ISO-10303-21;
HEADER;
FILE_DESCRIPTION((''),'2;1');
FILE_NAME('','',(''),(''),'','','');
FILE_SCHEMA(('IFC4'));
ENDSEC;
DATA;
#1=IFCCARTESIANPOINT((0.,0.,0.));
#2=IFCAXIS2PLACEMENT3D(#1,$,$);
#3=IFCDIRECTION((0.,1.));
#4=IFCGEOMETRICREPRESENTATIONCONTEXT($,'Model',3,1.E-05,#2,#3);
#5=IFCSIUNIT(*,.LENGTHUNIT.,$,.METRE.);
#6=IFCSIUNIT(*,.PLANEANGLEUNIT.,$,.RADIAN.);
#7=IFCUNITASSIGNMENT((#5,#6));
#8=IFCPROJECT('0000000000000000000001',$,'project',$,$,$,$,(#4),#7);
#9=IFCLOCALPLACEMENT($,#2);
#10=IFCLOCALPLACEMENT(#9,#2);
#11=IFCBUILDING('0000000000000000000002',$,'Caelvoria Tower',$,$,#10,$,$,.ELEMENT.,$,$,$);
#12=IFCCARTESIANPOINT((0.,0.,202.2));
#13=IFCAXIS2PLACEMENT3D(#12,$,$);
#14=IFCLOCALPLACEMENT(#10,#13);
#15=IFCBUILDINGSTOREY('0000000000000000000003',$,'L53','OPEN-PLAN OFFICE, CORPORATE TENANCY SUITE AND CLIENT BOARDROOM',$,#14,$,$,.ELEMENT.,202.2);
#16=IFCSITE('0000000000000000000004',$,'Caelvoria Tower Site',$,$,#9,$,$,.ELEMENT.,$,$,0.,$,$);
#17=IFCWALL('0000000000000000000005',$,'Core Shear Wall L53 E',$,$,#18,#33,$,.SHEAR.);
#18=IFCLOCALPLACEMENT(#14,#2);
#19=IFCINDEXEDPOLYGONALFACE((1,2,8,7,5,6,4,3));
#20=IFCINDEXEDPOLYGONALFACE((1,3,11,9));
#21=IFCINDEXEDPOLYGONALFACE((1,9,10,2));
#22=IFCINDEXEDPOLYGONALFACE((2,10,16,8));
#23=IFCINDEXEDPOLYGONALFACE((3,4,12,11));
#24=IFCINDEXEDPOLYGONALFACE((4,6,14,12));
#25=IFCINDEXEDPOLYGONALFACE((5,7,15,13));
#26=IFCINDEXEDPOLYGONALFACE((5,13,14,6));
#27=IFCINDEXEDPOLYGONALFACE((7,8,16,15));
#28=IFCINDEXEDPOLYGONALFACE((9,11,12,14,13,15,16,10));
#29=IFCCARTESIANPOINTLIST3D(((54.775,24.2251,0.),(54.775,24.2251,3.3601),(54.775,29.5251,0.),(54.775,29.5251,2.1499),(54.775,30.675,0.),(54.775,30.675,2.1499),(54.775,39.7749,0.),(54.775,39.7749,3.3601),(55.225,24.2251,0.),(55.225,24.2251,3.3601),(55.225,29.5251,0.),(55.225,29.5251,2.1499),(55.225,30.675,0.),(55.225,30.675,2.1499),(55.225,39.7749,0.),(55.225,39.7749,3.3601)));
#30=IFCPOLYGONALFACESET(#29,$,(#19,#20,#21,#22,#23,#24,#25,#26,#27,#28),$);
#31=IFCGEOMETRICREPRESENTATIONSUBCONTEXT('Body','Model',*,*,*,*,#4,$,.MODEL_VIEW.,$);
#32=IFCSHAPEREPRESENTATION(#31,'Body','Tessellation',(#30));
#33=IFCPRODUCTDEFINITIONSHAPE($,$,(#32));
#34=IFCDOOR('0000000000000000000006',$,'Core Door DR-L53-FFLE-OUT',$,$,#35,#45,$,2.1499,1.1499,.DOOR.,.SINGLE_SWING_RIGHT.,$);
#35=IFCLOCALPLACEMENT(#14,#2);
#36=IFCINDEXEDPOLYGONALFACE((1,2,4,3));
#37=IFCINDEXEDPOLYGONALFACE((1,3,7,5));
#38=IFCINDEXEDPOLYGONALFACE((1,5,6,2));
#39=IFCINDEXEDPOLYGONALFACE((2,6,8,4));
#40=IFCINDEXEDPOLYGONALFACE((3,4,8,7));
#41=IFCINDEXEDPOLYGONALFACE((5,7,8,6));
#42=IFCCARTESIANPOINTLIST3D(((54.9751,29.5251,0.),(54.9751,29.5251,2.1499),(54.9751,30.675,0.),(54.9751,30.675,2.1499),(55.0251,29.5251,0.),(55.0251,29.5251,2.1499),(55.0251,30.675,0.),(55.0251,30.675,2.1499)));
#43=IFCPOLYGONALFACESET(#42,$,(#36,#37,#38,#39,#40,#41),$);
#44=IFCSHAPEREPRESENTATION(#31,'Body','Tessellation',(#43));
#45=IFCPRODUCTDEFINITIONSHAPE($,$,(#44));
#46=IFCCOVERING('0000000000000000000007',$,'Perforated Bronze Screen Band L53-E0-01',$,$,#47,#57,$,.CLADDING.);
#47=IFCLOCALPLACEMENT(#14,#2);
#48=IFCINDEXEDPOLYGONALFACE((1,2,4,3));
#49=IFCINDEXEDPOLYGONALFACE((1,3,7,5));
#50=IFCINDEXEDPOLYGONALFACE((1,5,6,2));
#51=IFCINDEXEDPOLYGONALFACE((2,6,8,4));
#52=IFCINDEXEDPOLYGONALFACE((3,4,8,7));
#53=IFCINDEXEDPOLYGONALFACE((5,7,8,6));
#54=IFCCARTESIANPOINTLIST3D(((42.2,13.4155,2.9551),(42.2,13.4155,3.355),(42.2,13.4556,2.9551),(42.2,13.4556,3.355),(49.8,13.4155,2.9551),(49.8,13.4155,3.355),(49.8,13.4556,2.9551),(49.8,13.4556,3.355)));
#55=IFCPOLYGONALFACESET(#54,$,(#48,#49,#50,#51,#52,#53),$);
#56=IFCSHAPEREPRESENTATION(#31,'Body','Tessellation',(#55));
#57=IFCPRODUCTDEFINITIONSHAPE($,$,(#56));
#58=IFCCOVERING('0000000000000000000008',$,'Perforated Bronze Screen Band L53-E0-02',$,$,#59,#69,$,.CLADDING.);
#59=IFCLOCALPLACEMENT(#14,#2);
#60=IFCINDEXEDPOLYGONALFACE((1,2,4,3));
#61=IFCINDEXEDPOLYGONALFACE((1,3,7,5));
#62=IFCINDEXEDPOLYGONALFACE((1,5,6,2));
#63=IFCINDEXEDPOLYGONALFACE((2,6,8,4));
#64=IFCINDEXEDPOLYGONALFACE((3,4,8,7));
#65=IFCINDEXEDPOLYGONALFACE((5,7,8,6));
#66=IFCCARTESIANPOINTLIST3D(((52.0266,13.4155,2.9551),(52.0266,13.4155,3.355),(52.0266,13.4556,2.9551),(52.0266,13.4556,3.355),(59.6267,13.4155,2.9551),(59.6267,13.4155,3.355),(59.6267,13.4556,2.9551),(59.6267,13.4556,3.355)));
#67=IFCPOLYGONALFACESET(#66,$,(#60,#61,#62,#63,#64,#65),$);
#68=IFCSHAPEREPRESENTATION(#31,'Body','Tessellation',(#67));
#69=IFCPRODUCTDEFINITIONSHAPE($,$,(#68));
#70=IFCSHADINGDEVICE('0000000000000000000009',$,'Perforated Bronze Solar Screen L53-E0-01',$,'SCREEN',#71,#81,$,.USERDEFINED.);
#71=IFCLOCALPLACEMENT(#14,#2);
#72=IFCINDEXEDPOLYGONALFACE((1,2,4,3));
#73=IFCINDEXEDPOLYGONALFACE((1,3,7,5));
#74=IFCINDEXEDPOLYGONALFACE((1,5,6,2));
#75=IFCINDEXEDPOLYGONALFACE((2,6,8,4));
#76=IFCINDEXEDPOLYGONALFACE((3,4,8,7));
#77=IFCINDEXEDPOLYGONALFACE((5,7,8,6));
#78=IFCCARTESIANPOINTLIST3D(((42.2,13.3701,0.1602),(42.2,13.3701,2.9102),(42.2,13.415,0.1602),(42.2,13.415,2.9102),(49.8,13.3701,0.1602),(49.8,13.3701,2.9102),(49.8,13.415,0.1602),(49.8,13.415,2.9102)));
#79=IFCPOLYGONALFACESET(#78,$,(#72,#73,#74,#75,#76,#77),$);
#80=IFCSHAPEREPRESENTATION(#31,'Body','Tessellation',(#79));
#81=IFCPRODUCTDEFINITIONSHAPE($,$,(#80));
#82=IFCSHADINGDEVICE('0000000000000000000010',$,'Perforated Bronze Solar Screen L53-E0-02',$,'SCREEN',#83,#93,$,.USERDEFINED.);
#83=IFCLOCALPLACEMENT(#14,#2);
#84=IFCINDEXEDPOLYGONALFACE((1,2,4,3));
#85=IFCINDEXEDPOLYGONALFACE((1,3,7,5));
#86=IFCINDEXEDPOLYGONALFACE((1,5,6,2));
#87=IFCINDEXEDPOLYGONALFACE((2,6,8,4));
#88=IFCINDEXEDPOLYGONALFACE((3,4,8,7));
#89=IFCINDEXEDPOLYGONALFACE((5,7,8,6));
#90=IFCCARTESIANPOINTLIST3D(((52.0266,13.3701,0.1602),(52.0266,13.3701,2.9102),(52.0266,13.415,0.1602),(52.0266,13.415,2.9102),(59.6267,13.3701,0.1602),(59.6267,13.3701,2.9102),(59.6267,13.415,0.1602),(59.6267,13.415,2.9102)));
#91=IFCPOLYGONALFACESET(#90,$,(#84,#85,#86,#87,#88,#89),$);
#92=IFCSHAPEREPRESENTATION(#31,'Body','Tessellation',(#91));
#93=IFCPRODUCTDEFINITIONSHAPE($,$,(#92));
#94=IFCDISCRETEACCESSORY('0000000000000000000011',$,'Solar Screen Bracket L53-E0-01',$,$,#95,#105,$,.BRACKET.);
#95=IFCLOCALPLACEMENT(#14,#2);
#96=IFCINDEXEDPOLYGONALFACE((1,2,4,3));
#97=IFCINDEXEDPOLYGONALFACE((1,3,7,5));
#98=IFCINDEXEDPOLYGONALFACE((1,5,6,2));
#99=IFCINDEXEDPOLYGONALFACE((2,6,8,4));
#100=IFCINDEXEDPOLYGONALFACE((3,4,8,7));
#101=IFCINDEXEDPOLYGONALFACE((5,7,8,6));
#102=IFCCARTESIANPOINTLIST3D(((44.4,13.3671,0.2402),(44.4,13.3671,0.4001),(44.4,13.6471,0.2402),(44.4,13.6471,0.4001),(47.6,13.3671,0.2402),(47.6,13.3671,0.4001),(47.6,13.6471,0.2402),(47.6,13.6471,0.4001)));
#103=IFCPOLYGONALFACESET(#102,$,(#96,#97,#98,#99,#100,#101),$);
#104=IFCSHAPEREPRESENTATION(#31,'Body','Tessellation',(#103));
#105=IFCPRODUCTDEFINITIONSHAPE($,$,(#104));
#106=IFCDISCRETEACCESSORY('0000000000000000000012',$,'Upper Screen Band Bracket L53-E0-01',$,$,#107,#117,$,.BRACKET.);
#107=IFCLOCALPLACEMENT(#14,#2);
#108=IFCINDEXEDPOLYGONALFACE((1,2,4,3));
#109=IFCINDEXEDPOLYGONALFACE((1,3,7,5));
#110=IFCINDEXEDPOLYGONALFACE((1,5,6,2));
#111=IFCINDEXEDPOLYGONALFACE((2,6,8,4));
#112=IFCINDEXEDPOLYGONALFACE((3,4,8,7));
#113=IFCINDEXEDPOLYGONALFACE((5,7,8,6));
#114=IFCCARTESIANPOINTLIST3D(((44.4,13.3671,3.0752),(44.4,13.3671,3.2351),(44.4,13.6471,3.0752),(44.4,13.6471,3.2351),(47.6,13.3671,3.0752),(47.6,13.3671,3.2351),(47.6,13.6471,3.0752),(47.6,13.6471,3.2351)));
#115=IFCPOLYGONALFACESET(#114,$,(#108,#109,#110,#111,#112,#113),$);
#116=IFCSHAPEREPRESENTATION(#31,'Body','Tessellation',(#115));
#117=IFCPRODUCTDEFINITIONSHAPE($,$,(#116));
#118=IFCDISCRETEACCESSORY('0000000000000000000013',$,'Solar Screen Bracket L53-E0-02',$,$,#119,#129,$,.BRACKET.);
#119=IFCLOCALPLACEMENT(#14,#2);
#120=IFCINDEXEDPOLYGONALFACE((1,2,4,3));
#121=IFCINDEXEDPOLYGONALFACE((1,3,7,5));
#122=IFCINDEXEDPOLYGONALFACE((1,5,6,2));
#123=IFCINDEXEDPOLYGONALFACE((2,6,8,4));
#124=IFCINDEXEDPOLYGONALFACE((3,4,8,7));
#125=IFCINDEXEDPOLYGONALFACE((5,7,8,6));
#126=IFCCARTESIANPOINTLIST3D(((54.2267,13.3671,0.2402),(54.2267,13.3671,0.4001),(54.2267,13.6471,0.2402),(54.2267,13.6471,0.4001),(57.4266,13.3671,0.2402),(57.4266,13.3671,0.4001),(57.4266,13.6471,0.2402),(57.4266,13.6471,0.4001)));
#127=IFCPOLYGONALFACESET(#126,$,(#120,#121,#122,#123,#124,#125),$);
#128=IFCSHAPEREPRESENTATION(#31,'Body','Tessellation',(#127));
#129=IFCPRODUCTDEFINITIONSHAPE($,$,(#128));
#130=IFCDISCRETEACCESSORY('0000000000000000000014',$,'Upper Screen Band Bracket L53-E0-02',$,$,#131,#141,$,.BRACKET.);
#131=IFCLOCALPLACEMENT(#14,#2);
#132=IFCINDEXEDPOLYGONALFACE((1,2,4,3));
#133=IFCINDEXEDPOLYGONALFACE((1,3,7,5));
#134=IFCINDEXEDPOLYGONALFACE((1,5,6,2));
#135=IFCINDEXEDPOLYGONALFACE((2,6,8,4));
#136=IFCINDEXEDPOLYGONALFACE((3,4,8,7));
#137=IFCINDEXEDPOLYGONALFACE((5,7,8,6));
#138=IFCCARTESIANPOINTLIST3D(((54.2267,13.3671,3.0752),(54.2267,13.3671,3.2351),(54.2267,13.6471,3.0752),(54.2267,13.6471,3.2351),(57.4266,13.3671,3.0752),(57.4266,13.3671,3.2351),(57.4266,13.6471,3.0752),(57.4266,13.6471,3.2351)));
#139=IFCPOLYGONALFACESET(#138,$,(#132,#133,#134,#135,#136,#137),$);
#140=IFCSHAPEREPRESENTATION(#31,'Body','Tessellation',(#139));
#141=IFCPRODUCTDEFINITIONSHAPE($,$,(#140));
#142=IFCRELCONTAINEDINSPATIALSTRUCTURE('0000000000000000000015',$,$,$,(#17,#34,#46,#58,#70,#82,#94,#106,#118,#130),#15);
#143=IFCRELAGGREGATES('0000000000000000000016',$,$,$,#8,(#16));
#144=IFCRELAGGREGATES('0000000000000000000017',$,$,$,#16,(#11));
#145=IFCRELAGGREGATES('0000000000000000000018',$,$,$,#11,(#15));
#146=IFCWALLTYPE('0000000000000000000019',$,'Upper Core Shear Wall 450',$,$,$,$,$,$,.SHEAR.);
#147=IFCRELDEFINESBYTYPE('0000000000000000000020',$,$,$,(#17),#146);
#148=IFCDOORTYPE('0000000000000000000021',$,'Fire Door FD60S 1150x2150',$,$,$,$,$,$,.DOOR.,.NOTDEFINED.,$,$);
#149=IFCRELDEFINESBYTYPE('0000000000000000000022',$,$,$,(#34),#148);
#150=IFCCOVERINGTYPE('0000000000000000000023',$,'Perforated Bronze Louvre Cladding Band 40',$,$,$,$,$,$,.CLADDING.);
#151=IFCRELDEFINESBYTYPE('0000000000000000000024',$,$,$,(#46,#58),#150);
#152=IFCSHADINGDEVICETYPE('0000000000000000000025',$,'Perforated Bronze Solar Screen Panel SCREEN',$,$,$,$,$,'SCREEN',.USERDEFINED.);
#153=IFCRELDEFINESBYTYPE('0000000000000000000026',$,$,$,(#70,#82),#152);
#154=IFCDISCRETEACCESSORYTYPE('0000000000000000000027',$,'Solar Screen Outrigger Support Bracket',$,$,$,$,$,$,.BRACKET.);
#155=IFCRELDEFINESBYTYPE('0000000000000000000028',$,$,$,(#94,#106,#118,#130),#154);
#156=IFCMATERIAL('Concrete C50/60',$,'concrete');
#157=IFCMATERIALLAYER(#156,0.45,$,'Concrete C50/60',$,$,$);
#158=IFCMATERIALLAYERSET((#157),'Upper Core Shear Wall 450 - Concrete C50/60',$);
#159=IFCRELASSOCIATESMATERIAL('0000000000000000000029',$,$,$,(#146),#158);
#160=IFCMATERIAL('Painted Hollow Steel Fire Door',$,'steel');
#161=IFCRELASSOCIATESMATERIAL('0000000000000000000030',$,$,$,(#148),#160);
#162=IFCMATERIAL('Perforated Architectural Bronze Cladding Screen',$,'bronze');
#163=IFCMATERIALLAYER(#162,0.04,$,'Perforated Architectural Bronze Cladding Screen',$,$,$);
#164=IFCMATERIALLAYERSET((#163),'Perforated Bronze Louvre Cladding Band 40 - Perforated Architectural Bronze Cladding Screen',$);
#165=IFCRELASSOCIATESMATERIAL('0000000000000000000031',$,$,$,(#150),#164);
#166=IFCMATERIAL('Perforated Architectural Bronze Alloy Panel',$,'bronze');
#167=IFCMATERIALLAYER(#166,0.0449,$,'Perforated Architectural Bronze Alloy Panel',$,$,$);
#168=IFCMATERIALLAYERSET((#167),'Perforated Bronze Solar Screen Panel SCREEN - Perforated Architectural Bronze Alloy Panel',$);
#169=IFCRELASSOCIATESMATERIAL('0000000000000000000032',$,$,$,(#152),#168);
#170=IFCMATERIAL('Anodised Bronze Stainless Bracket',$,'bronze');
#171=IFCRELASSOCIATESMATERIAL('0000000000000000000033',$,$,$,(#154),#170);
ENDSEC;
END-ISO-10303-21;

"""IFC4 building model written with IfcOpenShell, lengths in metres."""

from ifc_helpers import new_model, si_unit, direction, frame, frame_2d, origin, origin_2d, place, context, subcontext, project, spatial, rectangle, extrude, material, layer, layer_set, type_object, element, fill, save


model = new_model("IFC4")

# Units and contexts
model_context = context("Model", 3, precision=1e-05, world=origin(), true_north=direction((0.0, 1.0)))
body_context = subcontext(model_context, "Body", "Model", "MODEL_VIEW")
ifc_project = project(units=[si_unit("LENGTHUNIT", "METRE"), si_unit("PLANEANGLEUNIT", "RADIAN")], contexts=[model_context])

# Site, building, storey
site_placement = place(None, origin())
site = spatial("IfcSite", under=ifc_project, at=site_placement, Name="Caelvoria Tower Site", CompositionType="ELEMENT", RefElevation=0.0)
building_placement = place(site_placement, origin())
building = spatial("IfcBuilding", under=site, at=building_placement, Name="Caelvoria Tower", CompositionType="ELEMENT")
storey_placement = place(building_placement, frame((0.0, 0.0, 202.2)))
storey = spatial("IfcBuildingStorey", under=building, at=storey_placement, Name="L53", Description="OPEN-PLAN OFFICE, CORPORATE TENANCY SUITE AND CLIENT BOARDROOM", CompositionType="ELEMENT", Elevation=202.2)

# Shared definitions
ifc_material_1 = material(Name="Concrete C50/60", Category="concrete")

# Wall, opening, door
ifc_layer_1 = layer(ifc_material_1, 0.45, Name="Concrete C50/60")
ifc_layer_set_1 = layer_set([ifc_layer_1], Name="Upper Core Shear Wall 450 - Concrete C50/60")
wall_type_1 = type_object("IfcWallType", Name="Upper Core Shear Wall 450", PredefinedType="SHEAR", material=ifc_layer_set_1)
wall_1_placement = place(storey_placement, frame((55.0, 24.2251, 0.0), z_axis=(0.0, 0.0, 1.0), x_axis=(0.0, 1.0, 0.0)))
wall_1 = element("IfcWall", 1, at=wall_1_placement, inside=storey, type_object=wall_type_1, Name="Core Shear Wall L53 E", PredefinedType="SHEAR", context=body_context, shape_type="SweptSolid", body=[
    extrude(rectangle(XDim=15.5498, YDim=0.45, at=frame_2d((7.7749, 0.0))), origin(), (0.0, 0.0, 1.0), 3.3601),
])
opening_1_placement = place(wall_1_placement, frame((5.3, 0.0, 0.0)))
opening_1 = element("IfcOpeningElement", 2, at=opening_1_placement, cuts=wall_1, PredefinedType="OPENING", context=body_context, shape_type="SweptSolid", body=[
    extrude(rectangle(XDim=1.1499, YDim=2.1499, at=frame_2d((0.575, 1.075))), frame((0.0, 0.2349, 0.0), z_axis=(0.0, -1.0, 0.0), x_axis=(1.0, 0.0, 0.0)), (0.0, 0.0, 1.0), 0.47),
])
ifc_material_2 = material(Name="Painted Hollow Steel Fire Door", Category="steel")
door_type_1 = type_object("IfcDoorType", Name="Fire Door FD60S 1150x2150", OperationType="NOTDEFINED", PredefinedType="DOOR", material=ifc_material_2)
door_1_placement = place(opening_1_placement, origin())
door_1 = element("IfcDoor", 3, at=door_1_placement, inside=storey, type_object=door_type_1, Name="Core Door DR-L53-FFLE-OUT", OperationType="SINGLE_SWING_RIGHT", OverallHeight=2.1499, OverallWidth=1.1499, PredefinedType="DOOR", context=body_context, shape_type="SweptSolid", body=[
    extrude(rectangle(XDim=1.1499, YDim=2.1499, at=frame_2d((0.575, 1.075))), frame((0.0, 0.0249, 0.0), z_axis=(0.0, -1.0, 0.0), x_axis=(1.0, 0.0, 0.0)), (0.0, 0.0, 1.0), 0.05),
])
fill(opening_1, door_1)

# Coverings
ifc_material_3 = material(Name="Perforated Architectural Bronze Cladding Screen", Category="bronze")
ifc_layer_2 = layer(ifc_material_3, 0.04, Name="Perforated Architectural Bronze Cladding Screen")
ifc_layer_set_2 = layer_set([ifc_layer_2], Name="Perforated Bronze Louvre Cladding Band 40 - Perforated Architectural Bronze Cladding Screen")
covering_type = type_object("IfcCoveringType", Name="Perforated Bronze Louvre Cladding Band 40", PredefinedType="CLADDING", material=ifc_layer_set_2)
for number, where, z_axis, x_axis, name in (
    (4, (46.0, 13.4355, 2.9551), (0.0, 0.0, 1.0), (1.0, 0.0, 0.0), "Perforated Bronze Screen Band L53-E0-01"),
    (5, (55.8267, 13.4355, 2.9551), (0.0, 0.0, 1.0), (1.0, 0.0, 0.0), "Perforated Bronze Screen Band L53-E0-02"),
):
    element("IfcCovering", number, at=place(storey_placement, frame(where, z_axis=z_axis, x_axis=x_axis)), inside=storey, type_object=covering_type, Name=name, PredefinedType="CLADDING", context=body_context, shape_type="SweptSolid", body=[
        extrude(rectangle(XDim=7.6001, YDim=0.04, at=origin_2d()), origin(), (0.0, 0.0, 1.0), 0.3999),
    ])

# Shading devices
ifc_material_4 = material(Name="Perforated Architectural Bronze Alloy Panel", Category="bronze")
ifc_layer_3 = layer(ifc_material_4, 0.0449, Name="Perforated Architectural Bronze Alloy Panel")
ifc_layer_set_3 = layer_set([ifc_layer_3], Name="Perforated Bronze Solar Screen Panel SCREEN - Perforated Architectural Bronze Alloy Panel")
shading_device_type = type_object("IfcShadingDeviceType", Name="Perforated Bronze Solar Screen Panel SCREEN", ElementType="SCREEN", PredefinedType="USERDEFINED", material=ifc_layer_set_3)
for number, where, z_axis, x_axis, name in (
    (6, (46.0, 13.3926, 0.1602), (0.0, 0.0, 1.0), (1.0, 0.0, 0.0), "Perforated Bronze Solar Screen L53-E0-01"),
    (7, (55.8267, 13.3926, 0.1602), (0.0, 0.0, 1.0), (1.0, 0.0, 0.0), "Perforated Bronze Solar Screen L53-E0-02"),
):
    element("IfcShadingDevice", number, at=place(storey_placement, frame(where, z_axis=z_axis, x_axis=x_axis)), inside=storey, type_object=shading_device_type, Name=name, ObjectType="SCREEN", PredefinedType="USERDEFINED", context=body_context, shape_type="SweptSolid", body=[
        extrude(rectangle(XDim=7.6001, YDim=0.0449, at=origin_2d()), origin(), (0.0, 0.0, 1.0), 2.75),
    ])

# Discrete accessories
ifc_material_5 = material(Name="Anodised Bronze Stainless Bracket", Category="bronze")
discrete_accessory_type = type_object("IfcDiscreteAccessoryType", Name="Solar Screen Outrigger Support Bracket", PredefinedType="BRACKET", material=ifc_material_5)
for number, where, z_axis, x_axis, name in (
    (8, (46.0, 13.5071, 0.2402), (0.0, 0.0, 1.0), (1.0, 0.0, 0.0), "Solar Screen Bracket L53-E0-01"),
    (9, (46.0, 13.5071, 3.0752), (0.0, 0.0, 1.0), (1.0, 0.0, 0.0), "Upper Screen Band Bracket L53-E0-01"),
    (10, (55.8267, 13.5071, 0.2402), (0.0, 0.0, 1.0), (1.0, 0.0, 0.0), "Solar Screen Bracket L53-E0-02"),
    (11, (55.8267, 13.5071, 3.0752), (0.0, 0.0, 1.0), (1.0, 0.0, 0.0), "Upper Screen Band Bracket L53-E0-02"),
):
    element("IfcDiscreteAccessory", number, at=place(storey_placement, frame(where, z_axis=z_axis, x_axis=x_axis)), inside=storey, type_object=discrete_accessory_type, Name=name, PredefinedType="BRACKET", context=body_context, shape_type="SweptSolid", body=[
        extrude(rectangle(XDim=3.2, YDim=0.28, at=origin_2d()), origin(), (0.0, 0.0, 1.0), 0.1599),
    ])

save(model, "model.ifc")
